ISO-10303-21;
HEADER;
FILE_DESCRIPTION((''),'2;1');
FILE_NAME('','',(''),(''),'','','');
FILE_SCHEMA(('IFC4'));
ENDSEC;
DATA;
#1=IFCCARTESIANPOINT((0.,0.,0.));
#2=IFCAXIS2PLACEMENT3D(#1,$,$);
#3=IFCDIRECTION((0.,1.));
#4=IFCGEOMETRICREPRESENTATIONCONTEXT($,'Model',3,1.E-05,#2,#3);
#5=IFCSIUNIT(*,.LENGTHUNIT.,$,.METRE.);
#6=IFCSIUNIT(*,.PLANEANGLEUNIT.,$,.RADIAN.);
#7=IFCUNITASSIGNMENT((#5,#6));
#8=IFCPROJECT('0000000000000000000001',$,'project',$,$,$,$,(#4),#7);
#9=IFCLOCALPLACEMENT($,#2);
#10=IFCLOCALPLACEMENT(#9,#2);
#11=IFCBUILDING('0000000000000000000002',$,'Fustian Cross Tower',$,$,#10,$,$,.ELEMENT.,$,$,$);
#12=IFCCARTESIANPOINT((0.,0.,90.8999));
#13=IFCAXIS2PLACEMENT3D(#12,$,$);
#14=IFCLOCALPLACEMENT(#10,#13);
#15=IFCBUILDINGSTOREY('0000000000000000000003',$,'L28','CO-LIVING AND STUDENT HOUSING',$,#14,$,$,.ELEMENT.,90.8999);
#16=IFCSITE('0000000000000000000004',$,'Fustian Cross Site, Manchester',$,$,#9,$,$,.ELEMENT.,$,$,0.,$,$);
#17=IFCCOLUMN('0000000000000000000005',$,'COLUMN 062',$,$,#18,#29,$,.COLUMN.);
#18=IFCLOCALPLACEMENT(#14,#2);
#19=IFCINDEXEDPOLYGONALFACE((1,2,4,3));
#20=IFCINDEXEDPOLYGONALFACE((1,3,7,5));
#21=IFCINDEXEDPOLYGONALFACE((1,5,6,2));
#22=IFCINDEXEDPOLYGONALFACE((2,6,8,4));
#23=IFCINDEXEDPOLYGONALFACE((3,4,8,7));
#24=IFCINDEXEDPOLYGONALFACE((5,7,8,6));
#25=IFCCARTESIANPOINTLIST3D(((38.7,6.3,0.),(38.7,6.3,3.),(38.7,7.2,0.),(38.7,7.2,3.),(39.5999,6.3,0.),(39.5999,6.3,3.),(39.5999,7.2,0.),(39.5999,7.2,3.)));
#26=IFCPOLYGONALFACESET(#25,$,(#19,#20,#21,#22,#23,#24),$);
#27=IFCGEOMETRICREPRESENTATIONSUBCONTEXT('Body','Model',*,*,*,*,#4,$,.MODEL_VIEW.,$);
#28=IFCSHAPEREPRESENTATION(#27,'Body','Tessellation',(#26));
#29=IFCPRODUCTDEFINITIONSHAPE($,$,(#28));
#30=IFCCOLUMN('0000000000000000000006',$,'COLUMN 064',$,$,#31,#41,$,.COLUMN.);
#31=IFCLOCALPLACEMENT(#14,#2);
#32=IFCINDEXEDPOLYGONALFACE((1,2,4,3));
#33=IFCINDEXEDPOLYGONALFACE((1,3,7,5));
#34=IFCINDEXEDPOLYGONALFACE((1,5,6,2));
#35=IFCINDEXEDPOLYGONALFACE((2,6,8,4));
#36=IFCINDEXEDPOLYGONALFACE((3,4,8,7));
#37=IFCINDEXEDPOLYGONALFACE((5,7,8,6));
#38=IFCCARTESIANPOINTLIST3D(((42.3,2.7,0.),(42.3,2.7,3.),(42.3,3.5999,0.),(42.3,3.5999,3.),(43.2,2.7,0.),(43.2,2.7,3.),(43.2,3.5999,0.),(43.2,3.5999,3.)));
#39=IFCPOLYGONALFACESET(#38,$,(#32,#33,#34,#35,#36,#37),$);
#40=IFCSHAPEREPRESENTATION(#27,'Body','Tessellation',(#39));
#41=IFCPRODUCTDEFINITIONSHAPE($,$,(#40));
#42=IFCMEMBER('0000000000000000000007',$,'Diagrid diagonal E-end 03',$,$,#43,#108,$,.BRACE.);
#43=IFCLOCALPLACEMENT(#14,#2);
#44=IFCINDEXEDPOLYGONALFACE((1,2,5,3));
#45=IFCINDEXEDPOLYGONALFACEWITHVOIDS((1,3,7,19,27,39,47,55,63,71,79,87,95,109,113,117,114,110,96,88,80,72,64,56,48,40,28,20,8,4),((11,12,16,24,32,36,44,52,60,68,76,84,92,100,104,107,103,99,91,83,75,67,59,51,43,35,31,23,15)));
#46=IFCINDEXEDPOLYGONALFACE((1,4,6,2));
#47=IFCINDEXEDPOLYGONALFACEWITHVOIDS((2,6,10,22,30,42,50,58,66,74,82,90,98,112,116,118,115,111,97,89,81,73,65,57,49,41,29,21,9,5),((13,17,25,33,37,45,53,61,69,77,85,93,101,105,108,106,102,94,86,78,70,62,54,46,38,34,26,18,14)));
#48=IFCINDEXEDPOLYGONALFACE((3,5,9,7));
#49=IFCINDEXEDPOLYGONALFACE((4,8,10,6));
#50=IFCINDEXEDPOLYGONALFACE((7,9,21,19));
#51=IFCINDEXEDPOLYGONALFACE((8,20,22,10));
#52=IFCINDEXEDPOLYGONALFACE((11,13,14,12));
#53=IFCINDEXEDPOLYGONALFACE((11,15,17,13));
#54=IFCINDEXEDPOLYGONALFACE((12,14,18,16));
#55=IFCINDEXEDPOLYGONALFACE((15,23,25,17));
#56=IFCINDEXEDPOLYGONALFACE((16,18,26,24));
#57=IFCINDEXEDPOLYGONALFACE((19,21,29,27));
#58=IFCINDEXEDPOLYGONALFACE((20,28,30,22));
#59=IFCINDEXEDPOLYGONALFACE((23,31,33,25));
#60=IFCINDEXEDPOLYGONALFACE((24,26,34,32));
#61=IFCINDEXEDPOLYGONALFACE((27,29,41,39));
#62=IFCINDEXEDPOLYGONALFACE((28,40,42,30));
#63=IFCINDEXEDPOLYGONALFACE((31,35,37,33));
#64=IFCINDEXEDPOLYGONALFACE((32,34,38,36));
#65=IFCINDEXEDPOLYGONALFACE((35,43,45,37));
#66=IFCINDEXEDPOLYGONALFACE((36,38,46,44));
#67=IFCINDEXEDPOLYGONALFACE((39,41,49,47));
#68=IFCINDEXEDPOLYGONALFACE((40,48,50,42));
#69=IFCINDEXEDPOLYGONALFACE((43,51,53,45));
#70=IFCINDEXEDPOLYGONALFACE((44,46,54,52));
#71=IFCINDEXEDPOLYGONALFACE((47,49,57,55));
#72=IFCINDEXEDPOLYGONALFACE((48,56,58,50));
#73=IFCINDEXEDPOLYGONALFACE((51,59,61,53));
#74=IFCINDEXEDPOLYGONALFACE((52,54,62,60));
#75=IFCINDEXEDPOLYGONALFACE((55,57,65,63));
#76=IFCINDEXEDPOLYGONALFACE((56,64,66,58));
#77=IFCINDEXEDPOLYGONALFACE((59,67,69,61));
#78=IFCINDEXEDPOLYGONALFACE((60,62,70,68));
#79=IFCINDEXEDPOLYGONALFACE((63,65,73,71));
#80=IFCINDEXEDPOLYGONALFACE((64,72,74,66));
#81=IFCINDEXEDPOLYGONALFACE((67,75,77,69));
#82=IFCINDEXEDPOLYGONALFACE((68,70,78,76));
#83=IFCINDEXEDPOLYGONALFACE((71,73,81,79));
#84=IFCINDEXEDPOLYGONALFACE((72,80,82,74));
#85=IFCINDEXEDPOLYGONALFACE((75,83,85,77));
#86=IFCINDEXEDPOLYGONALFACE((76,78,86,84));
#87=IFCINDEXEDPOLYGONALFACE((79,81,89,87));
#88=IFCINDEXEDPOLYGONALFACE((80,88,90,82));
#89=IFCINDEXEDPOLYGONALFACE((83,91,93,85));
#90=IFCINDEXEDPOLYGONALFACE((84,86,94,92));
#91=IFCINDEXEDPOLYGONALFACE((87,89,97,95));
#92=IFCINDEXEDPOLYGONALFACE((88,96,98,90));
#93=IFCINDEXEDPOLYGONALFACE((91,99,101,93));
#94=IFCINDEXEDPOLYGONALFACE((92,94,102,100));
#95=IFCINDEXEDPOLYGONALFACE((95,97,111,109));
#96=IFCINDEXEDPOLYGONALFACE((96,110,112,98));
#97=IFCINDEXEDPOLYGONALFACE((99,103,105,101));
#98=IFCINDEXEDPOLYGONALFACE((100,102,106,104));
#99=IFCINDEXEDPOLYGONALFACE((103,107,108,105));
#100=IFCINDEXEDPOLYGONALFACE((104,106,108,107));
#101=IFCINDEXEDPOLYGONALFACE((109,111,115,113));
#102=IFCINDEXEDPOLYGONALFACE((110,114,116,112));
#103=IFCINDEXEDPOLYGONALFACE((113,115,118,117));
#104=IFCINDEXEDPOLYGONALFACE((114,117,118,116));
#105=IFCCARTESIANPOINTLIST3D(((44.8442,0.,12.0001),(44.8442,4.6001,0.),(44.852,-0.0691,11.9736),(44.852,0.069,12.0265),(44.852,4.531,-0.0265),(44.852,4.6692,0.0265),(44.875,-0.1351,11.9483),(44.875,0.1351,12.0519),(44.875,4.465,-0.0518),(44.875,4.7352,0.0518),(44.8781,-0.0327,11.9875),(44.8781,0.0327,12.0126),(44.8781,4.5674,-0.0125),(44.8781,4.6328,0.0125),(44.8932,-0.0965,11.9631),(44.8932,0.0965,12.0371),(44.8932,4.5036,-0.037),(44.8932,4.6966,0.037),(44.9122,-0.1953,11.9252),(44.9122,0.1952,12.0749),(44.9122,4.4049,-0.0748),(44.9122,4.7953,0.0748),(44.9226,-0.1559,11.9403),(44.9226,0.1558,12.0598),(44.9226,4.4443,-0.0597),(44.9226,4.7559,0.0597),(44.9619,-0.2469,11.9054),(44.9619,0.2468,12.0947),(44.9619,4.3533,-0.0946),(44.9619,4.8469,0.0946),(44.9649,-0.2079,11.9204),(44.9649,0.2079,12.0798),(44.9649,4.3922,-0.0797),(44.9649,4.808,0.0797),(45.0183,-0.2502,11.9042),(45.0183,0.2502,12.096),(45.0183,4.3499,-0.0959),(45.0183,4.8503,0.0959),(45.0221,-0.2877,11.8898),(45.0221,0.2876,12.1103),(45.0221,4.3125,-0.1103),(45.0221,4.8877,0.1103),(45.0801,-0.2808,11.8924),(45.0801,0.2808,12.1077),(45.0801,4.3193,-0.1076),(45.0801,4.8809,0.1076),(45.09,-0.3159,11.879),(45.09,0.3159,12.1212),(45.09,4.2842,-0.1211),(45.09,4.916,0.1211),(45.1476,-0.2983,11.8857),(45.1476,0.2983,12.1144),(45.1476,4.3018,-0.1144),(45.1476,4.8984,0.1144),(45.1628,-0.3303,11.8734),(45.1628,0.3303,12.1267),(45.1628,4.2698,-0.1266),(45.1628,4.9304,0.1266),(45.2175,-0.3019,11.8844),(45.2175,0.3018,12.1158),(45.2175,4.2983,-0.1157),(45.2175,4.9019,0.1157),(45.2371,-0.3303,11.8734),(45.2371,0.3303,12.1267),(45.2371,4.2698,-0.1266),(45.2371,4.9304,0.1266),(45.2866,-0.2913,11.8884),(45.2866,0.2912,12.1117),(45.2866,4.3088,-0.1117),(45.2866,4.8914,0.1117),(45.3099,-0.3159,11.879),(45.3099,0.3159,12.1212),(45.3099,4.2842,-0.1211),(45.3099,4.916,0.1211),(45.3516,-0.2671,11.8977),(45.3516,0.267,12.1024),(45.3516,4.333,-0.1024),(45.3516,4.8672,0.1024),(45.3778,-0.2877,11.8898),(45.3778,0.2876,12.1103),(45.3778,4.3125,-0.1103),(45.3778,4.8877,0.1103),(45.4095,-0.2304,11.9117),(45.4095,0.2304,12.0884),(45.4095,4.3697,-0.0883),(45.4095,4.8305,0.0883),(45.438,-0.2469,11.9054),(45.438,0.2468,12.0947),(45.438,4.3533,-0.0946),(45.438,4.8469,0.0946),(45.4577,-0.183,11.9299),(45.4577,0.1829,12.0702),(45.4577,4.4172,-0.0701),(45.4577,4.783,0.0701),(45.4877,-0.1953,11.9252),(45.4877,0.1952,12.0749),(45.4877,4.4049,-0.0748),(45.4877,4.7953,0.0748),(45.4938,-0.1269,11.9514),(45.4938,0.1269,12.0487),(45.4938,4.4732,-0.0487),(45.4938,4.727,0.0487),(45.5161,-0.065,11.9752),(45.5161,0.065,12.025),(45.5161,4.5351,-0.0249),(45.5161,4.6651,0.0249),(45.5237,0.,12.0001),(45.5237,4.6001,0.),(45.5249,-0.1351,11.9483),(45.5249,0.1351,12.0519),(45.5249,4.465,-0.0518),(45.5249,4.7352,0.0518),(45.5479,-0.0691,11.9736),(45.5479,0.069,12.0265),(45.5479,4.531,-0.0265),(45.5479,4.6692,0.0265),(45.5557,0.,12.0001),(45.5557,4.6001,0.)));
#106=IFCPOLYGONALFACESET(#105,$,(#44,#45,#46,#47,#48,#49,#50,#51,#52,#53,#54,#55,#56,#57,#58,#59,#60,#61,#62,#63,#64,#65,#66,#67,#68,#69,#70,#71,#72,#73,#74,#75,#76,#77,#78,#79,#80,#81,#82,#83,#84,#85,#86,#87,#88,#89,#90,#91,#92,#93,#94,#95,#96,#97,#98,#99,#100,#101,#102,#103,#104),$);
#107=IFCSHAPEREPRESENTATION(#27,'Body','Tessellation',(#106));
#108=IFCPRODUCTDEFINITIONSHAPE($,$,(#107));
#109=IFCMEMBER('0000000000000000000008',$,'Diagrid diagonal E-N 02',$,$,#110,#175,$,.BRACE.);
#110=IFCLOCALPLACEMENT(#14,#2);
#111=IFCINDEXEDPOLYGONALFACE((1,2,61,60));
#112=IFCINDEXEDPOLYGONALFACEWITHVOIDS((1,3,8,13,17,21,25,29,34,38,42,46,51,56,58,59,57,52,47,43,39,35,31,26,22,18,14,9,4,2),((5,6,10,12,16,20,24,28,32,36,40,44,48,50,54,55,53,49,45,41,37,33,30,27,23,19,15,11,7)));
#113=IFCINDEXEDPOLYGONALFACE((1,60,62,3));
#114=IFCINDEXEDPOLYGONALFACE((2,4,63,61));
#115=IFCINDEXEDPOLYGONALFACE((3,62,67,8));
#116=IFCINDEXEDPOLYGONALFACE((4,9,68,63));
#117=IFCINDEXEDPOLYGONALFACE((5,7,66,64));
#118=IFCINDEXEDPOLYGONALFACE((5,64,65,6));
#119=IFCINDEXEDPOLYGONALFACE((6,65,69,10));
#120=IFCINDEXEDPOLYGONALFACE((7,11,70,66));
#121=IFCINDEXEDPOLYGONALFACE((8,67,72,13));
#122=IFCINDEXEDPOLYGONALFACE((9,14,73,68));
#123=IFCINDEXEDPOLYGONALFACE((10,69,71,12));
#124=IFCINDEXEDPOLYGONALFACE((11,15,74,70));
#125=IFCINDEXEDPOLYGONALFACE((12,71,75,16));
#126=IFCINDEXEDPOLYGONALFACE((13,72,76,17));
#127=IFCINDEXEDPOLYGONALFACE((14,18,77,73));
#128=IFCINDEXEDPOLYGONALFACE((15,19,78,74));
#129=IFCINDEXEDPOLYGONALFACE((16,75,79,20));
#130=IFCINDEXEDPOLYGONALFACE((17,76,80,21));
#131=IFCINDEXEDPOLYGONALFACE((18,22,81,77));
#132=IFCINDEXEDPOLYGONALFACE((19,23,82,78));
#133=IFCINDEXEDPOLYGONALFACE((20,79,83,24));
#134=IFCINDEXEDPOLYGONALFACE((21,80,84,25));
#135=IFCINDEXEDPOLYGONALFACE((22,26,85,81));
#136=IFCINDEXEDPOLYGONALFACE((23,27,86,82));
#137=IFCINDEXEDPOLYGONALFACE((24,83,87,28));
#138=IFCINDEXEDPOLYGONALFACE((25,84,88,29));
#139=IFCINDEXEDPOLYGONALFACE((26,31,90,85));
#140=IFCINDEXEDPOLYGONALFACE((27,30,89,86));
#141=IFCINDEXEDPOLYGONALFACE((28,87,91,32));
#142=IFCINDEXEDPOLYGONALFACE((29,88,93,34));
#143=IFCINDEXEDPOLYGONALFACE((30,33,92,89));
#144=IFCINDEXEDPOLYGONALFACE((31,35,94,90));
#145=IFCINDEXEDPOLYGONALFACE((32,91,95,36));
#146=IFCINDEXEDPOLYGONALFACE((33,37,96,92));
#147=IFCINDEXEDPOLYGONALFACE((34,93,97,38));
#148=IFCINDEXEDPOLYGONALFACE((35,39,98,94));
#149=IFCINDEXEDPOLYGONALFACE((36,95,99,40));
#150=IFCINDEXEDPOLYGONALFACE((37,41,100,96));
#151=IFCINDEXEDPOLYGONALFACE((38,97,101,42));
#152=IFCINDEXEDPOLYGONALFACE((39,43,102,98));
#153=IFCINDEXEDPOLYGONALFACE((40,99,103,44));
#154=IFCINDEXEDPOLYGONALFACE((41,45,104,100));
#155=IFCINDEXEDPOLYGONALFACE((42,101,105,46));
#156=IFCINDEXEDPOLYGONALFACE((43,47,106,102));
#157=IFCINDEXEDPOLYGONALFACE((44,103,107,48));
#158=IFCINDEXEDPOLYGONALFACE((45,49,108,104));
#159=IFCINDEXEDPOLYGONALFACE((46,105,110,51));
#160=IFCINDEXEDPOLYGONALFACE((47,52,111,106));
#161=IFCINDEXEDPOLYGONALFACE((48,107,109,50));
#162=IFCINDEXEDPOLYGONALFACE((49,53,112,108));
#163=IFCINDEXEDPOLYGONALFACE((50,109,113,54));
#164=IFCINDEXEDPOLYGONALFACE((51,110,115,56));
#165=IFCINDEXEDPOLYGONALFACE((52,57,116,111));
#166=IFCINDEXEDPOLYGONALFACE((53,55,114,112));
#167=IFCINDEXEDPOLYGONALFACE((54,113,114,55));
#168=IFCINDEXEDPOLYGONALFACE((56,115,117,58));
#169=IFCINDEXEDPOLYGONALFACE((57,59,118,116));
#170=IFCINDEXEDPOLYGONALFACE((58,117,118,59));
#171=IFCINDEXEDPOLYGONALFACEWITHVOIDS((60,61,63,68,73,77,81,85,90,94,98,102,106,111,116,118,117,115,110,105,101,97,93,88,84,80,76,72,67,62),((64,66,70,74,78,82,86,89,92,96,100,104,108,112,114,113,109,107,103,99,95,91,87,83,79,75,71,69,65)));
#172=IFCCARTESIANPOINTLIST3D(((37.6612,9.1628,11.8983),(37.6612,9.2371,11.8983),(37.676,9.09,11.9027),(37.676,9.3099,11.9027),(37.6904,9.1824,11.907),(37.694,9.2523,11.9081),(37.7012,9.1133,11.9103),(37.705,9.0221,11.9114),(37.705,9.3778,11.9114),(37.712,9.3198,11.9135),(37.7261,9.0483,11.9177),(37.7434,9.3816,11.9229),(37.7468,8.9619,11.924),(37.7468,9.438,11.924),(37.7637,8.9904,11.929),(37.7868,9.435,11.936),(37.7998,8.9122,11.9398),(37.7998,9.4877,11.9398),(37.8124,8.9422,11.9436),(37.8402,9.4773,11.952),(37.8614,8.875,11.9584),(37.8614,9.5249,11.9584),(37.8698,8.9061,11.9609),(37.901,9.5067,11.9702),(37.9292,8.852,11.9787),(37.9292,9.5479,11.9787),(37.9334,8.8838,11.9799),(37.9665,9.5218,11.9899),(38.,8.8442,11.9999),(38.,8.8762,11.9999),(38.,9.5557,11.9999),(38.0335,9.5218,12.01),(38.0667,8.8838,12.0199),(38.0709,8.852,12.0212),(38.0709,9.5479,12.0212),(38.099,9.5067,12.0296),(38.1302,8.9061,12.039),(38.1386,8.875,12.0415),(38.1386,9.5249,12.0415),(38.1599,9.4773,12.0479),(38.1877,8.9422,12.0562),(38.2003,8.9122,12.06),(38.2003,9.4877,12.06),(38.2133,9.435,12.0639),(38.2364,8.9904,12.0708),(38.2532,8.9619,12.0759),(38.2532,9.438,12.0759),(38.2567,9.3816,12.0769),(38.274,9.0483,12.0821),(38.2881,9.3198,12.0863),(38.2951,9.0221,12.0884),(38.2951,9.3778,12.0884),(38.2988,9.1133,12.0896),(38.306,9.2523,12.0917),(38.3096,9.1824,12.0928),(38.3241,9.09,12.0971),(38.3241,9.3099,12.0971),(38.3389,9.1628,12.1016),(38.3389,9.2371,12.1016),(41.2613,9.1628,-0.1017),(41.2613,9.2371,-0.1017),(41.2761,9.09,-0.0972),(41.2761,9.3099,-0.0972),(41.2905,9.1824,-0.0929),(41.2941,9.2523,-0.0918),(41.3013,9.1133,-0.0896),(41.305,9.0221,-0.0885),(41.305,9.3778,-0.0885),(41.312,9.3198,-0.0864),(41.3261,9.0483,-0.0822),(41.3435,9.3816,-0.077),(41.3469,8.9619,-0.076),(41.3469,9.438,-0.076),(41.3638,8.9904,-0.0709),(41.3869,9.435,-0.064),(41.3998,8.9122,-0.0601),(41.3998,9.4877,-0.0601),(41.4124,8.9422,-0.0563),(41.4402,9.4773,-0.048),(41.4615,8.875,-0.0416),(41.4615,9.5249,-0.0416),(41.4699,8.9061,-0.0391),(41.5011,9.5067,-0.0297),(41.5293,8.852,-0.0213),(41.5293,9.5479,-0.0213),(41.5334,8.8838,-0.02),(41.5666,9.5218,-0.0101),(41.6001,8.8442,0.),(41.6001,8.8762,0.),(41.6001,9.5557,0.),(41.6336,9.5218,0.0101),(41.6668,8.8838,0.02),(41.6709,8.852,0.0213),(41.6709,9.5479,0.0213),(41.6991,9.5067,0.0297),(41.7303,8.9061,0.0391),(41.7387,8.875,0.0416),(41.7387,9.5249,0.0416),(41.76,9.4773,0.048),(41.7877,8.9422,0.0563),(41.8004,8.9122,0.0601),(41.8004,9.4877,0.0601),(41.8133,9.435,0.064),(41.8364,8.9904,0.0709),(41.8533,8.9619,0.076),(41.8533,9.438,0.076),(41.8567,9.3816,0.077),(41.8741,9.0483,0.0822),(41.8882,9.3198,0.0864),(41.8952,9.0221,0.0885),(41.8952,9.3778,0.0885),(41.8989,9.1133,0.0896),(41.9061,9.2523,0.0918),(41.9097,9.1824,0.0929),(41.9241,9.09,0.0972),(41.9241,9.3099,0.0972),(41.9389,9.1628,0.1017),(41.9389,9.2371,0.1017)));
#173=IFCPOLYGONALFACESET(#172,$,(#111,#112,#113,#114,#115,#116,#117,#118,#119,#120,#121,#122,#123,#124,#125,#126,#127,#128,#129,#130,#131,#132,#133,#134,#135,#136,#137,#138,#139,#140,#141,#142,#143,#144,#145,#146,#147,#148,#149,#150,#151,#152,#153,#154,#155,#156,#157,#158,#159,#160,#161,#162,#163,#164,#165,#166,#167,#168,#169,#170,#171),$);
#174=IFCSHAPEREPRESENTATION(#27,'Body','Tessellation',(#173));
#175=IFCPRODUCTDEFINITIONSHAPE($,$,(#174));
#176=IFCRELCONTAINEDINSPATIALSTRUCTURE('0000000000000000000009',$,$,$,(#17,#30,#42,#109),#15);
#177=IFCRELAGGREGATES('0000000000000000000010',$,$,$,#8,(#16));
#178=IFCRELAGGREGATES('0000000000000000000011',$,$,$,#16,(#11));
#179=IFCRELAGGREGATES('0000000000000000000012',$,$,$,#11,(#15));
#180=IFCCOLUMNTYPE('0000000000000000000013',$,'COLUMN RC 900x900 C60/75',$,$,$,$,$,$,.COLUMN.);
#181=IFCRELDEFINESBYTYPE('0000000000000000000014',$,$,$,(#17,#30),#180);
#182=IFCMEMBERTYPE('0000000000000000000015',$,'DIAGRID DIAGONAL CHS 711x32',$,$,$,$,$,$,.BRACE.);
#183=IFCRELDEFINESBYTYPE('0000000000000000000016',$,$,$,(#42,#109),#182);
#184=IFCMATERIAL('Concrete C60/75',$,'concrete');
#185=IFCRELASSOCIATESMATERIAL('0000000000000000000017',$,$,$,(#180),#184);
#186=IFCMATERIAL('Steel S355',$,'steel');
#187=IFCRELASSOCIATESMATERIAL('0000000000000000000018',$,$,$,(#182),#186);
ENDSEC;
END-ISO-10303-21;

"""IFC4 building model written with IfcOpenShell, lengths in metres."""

from ifc_helpers import new_model, si_unit, direction, frame, origin, origin_2d, place, context, subcontext, project, spatial, rectangle, hollow_circle, extrude, material, material_profile, profile_set, type_object, element, save


model = new_model("IFC4")

# Units and contexts
model_context = context("Model", 3, precision=1e-05, world=origin(), true_north=direction((0.0, 1.0)))
body_context = subcontext(model_context, "Body", "Model", "MODEL_VIEW")
ifc_project = project(units=[si_unit("LENGTHUNIT", "METRE"), si_unit("PLANEANGLEUNIT", "RADIAN")], contexts=[model_context])

# Site, building, storey
site_placement = place(None, origin())
site = spatial("IfcSite", under=ifc_project, at=site_placement, Name="Fustian Cross Site, Manchester", CompositionType="ELEMENT", RefElevation=0.0)
building_placement = place(site_placement, origin())
building = spatial("IfcBuilding", under=site, at=building_placement, Name="Fustian Cross Tower", CompositionType="ELEMENT")
storey_placement = place(building_placement, frame((0.0, 0.0, 90.8999)))
storey = spatial("IfcBuildingStorey", under=building, at=storey_placement, Name="L28", Description="CO-LIVING AND STUDENT HOUSING", CompositionType="ELEMENT", Elevation=90.8999)

# Columns
ifc_material_1 = material(Name="Concrete C60/75", Category="concrete")
ifc_material_profile_1 = material_profile(ifc_material_1, rectangle(XDim=0.8999, YDim=0.8999, at=origin_2d()), Name="RC 900x900")
ifc_profile_set_1 = profile_set([ifc_material_profile_1], Name="Concrete C60/75")
column_type = type_object("IfcColumnType", Name="COLUMN RC 900x900 C60/75", PredefinedType="COLUMN", material=ifc_profile_set_1)
for number, where, z_axis, x_axis, name in (
    (1, (39.1499, 6.75, 0.0), (0.0, 0.0, 1.0), (1.0, 0.0, 0.0), "COLUMN 062"),
    (2, (42.75, 3.1499, 0.0), (0.0, 0.0, 1.0), (1.0, 0.0, 0.0), "COLUMN 064"),
):
    element("IfcColumn", number, at=place(storey_placement, frame(where, z_axis=z_axis, x_axis=x_axis)), inside=storey, type_object=column_type, Name=name, PredefinedType="COLUMN", context=body_context, shape_type="SweptSolid", body=[
        extrude(rectangle(XDim=0.8999, YDim=0.8999, at=origin_2d()), origin(), (0.0, 0.0, 1.0), 3.0),
    ])

# Members
ifc_material_2 = material(Name="Steel S355", Category="steel")
ifc_material_profile_2 = material_profile(ifc_material_2, hollow_circle(Radius=0.3557, WallThickness=0.032, at=origin_2d()), Name="CHS 711x32")
ifc_profile_set_2 = profile_set([ifc_material_profile_2], Name="Steel S355")
member_type_1 = type_object("IfcMemberType", Name="DIAGRID DIAGONAL CHS 711x32", PredefinedType="BRACE", material=ifc_profile_set_2)
member_1_placement = place(storey_placement, frame((45.2, 4.6001, 0.0), z_axis=(0.0, -0.357943, 0.933744), x_axis=(1.0, 0.0, 0.0)))
element("IfcMember", 3, at=member_1_placement, inside=storey, type_object=member_type_1, Name="Diagrid diagonal E-end 03", PredefinedType="BRACE", context=body_context, shape_type="SweptSolid", body=[
    extrude(hollow_circle(Radius=0.3557, WallThickness=0.032, at=origin_2d()), origin(), (0.0, 0.0, 1.0), 12.8516),
])
member_2_placement = place(storey_placement, frame((41.6001, 9.2, 0.0), z_axis=(-0.287355, 0.0, 0.957824), x_axis=(0.0, -1.0, 0.0)))
element("IfcMember", 4, at=member_2_placement, inside=storey, type_object=member_type_1, Name="Diagrid diagonal E-N 02", PredefinedType="BRACE", context=body_context, shape_type="SweptSolid", body=[
    extrude(hollow_circle(Radius=0.3557, WallThickness=0.032, at=origin_2d()), origin(), (0.0, 0.0, 1.0), 12.5283),
])

save(model, "model.ifc")
